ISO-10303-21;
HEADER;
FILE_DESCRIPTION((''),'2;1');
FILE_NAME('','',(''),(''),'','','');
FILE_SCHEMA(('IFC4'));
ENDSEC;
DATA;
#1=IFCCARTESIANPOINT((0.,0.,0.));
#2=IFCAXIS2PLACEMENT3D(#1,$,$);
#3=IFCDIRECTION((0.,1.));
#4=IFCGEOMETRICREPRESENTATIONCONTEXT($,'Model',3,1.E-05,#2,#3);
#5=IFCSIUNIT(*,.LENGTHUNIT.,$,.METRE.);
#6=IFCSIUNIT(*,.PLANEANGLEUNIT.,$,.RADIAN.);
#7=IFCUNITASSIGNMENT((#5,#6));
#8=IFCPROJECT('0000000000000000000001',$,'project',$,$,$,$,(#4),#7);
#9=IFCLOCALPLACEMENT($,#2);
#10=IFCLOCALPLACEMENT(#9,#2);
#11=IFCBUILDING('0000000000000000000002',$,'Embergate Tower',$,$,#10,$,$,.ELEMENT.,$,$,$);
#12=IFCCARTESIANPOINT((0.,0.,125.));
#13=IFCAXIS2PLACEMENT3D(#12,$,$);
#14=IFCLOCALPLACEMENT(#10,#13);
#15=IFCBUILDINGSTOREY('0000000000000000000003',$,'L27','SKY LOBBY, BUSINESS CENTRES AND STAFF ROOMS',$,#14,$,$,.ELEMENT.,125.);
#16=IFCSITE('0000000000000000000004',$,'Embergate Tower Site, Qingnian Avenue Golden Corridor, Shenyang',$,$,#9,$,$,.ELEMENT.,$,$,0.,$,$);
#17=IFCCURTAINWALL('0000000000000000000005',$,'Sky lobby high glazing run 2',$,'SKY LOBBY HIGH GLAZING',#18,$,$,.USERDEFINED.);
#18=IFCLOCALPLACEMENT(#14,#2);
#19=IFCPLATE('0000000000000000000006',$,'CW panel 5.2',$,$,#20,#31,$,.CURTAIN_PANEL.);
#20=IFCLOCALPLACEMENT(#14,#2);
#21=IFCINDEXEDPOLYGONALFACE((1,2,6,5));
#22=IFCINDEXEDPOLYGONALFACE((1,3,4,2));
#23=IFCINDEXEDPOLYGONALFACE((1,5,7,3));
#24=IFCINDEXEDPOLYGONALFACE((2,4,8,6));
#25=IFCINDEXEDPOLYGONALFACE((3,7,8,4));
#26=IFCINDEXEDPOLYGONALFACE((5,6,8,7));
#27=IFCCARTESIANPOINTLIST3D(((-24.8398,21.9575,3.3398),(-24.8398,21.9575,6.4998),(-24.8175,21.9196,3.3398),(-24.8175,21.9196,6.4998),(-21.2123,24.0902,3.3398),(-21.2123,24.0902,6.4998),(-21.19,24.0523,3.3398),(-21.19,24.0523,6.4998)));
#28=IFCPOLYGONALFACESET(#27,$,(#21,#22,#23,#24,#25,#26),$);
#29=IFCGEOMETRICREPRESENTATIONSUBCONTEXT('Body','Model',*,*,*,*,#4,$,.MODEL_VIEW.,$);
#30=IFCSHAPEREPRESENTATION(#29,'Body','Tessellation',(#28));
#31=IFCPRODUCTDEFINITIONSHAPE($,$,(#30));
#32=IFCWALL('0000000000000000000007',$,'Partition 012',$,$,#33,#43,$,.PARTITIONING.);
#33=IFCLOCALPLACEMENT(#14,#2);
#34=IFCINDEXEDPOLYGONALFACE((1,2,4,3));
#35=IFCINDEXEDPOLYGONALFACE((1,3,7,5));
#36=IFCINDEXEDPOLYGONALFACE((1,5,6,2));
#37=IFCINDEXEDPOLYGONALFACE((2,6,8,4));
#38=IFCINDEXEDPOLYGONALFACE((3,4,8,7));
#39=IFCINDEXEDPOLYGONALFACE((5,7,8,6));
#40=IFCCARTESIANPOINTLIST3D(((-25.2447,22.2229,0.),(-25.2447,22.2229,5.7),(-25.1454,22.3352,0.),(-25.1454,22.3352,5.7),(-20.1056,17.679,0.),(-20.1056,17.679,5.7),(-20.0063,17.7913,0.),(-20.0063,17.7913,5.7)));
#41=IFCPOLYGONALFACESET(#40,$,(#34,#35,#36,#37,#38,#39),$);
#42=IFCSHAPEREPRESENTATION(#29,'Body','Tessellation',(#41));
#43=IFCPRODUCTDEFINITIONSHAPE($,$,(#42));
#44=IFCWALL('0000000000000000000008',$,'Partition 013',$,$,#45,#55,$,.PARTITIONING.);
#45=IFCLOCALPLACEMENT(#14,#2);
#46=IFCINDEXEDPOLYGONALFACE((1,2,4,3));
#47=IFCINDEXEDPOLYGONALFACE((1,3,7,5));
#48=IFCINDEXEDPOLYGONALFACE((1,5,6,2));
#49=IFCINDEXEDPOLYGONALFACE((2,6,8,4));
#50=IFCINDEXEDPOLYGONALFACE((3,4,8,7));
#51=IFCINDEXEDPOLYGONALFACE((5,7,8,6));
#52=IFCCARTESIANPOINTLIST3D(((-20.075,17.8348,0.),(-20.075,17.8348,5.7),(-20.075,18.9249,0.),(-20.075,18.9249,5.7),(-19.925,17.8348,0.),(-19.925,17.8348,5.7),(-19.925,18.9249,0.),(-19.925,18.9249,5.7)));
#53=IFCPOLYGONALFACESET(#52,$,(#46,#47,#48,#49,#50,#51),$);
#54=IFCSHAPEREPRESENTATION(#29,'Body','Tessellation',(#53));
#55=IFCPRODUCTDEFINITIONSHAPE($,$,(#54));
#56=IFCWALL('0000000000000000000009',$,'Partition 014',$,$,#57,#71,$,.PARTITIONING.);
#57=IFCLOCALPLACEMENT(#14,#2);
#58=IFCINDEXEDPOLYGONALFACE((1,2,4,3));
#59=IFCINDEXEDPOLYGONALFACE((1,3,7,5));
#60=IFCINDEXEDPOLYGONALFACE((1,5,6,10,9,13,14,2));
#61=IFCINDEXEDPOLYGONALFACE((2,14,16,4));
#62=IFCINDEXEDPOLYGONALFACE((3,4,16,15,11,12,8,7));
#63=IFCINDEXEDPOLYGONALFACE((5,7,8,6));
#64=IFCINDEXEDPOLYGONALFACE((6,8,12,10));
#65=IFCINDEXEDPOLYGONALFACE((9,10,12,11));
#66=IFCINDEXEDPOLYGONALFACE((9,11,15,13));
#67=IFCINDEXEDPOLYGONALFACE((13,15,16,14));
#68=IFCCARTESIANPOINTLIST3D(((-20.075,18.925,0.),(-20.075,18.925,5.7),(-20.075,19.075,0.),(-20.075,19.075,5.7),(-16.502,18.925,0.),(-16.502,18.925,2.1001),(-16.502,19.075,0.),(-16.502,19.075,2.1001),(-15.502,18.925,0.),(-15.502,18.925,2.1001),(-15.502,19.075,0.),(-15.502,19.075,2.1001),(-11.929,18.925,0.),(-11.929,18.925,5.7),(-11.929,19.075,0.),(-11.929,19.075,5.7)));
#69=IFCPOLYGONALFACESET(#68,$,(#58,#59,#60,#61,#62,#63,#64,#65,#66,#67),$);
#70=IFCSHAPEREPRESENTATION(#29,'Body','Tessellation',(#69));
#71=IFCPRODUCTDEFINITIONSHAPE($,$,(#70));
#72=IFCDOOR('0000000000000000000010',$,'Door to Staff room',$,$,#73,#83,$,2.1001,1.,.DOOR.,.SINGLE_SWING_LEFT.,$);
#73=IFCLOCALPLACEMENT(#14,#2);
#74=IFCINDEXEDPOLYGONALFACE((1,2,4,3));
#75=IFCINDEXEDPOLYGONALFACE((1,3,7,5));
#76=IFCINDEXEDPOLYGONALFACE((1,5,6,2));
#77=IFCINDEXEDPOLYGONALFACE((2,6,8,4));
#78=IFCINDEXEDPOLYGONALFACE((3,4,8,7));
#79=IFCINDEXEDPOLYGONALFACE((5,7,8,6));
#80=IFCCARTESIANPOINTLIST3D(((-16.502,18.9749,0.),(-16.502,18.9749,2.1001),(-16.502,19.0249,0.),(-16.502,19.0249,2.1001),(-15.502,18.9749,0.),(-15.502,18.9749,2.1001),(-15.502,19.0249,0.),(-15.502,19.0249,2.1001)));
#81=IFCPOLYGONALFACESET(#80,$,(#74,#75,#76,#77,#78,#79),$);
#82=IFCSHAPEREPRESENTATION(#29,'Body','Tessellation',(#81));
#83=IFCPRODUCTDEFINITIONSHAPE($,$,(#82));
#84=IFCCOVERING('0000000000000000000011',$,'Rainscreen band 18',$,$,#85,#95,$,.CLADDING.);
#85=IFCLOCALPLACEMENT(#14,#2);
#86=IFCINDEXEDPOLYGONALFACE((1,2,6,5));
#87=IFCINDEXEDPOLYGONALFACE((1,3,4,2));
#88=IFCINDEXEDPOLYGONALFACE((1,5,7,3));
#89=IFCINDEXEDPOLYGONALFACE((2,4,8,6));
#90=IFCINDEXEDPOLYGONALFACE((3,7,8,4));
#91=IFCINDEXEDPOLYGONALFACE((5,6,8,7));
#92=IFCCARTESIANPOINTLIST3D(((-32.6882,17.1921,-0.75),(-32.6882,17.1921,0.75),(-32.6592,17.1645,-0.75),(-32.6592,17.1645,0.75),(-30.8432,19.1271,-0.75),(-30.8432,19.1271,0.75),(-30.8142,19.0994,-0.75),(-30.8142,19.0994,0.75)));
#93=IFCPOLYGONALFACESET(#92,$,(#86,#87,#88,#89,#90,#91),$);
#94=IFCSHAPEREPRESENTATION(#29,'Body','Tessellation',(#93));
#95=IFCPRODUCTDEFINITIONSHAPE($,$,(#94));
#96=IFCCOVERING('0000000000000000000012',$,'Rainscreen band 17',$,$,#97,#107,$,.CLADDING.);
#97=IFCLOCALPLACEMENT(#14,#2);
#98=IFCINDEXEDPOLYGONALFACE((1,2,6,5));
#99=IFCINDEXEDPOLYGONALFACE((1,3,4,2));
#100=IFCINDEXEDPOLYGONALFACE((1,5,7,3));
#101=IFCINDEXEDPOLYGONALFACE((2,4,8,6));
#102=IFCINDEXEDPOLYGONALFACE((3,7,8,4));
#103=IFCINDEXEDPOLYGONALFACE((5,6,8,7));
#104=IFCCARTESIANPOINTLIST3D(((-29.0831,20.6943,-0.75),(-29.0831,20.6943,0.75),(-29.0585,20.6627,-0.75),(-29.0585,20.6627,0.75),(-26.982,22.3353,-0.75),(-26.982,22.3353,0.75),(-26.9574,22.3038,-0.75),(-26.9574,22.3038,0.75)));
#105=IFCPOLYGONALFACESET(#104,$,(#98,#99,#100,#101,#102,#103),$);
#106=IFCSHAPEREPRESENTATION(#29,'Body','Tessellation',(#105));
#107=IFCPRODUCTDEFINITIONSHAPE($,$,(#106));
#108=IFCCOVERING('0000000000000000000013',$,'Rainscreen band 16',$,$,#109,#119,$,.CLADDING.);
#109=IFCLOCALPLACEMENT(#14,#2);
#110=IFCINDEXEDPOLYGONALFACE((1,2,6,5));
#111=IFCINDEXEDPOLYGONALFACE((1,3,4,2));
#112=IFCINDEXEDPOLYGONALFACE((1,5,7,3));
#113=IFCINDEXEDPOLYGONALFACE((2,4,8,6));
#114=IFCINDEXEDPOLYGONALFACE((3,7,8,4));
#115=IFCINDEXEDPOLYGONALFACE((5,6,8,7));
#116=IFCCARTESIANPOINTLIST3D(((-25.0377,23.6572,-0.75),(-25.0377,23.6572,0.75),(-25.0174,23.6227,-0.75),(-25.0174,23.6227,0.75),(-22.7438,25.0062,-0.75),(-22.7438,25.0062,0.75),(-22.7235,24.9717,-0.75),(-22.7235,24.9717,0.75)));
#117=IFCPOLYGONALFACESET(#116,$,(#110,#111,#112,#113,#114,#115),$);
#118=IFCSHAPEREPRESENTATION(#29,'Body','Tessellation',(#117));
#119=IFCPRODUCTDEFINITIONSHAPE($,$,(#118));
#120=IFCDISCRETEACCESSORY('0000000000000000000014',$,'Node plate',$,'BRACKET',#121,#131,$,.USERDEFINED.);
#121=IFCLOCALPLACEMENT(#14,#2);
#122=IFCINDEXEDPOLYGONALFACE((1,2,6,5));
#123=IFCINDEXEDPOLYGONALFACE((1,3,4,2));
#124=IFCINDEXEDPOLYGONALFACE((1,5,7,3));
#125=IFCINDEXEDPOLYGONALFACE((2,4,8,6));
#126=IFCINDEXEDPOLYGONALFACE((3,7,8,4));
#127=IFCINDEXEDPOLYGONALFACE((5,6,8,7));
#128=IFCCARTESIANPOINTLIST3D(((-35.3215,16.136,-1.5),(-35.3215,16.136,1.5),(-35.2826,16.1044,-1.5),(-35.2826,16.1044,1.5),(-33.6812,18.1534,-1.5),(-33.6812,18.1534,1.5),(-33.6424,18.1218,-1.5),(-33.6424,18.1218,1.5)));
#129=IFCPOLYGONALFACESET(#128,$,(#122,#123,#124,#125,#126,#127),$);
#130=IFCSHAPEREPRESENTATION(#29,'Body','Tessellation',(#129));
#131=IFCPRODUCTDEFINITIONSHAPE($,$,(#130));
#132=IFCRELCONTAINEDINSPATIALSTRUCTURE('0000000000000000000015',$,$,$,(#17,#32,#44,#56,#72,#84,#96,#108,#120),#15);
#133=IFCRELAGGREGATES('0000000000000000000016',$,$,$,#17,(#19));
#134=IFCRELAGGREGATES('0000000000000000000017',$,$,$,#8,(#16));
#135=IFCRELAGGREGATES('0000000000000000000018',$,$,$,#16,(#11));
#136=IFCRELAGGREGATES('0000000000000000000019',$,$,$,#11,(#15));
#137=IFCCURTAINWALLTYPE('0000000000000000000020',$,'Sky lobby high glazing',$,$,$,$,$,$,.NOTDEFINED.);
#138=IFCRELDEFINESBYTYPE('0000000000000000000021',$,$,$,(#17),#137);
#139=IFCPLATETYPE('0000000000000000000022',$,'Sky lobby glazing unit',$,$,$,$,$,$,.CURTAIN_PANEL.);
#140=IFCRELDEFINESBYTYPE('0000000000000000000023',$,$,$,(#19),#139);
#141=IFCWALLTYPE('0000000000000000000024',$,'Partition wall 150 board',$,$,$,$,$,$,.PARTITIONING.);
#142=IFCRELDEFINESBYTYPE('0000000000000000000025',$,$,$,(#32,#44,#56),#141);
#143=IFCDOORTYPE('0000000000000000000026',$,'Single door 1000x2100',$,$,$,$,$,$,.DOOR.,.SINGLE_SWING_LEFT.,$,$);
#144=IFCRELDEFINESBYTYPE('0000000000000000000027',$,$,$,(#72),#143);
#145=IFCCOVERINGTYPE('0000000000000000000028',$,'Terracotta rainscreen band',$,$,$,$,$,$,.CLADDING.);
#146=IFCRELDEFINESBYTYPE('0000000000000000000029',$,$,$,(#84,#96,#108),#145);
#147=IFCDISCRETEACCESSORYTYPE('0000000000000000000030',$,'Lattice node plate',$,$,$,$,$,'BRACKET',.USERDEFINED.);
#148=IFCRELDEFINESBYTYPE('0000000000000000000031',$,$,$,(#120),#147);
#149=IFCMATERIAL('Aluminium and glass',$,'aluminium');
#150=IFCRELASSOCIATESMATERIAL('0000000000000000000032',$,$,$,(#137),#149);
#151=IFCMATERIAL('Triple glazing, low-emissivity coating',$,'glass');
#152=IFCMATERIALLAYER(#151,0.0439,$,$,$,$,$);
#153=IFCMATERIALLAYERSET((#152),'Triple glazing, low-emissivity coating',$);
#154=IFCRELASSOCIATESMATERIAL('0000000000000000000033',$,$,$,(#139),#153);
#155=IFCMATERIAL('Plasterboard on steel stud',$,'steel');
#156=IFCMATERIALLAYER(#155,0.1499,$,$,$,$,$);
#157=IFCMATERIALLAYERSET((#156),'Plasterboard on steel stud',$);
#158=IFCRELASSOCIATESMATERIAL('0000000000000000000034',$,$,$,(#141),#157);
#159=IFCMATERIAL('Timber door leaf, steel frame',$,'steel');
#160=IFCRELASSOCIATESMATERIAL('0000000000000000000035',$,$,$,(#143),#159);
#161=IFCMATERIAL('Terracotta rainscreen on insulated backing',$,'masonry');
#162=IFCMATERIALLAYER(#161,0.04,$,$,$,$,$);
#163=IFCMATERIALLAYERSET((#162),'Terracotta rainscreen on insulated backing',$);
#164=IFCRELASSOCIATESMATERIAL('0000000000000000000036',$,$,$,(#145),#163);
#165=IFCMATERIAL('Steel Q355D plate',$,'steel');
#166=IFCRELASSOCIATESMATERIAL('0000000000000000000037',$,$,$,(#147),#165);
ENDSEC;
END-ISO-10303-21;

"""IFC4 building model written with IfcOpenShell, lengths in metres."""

from ifc_helpers import new_model, si_unit, direction, frame, frame_2d, origin, origin_2d, place, context, subcontext, project, spatial, rectangle, extrude, source, transform, mapped, material, layer, layer_set, type_object, element, fill, aggregate, save


model = new_model("IFC4")

# Units and contexts
model_context = context("Model", 3, precision=1e-05, world=origin(), true_north=direction((0.0, 1.0)))
body_context = subcontext(model_context, "Body", "Model", "MODEL_VIEW")
ifc_project = project(units=[si_unit("LENGTHUNIT", "METRE"), si_unit("PLANEANGLEUNIT", "RADIAN")], contexts=[model_context])

# Site, building, storey
site_placement = place(None, origin())
site = spatial("IfcSite", under=ifc_project, at=site_placement, Name="Embergate Tower Site, Qingnian Avenue Golden Corridor, Shenyang", CompositionType="ELEMENT", RefElevation=0.0)
building_placement = place(site_placement, origin())
building = spatial("IfcBuilding", under=site, at=building_placement, Name="Embergate Tower", CompositionType="ELEMENT")
storey_placement = place(building_placement, frame((0.0, 0.0, 125.0)))
storey = spatial("IfcBuildingStorey", under=building, at=storey_placement, Name="L27", Description="SKY LOBBY, BUSINESS CENTRES AND STAFF ROOMS", CompositionType="ELEMENT", Elevation=125.0)

# Curtain wall, plate
ifc_material_1 = material(Name="Aluminium and glass", Category="aluminium")
curtain_wall_type = type_object("IfcCurtainWallType", Name="Sky lobby high glazing", PredefinedType="NOTDEFINED", material=ifc_material_1)
curtain_wall_placement = place(storey_placement, origin())
curtain_wall = element("IfcCurtainWall", 1, at=curtain_wall_placement, inside=storey, type_object=curtain_wall_type, Name="Sky lobby high glazing run 2", ObjectType="SKY LOBBY HIGH GLAZING", PredefinedType="USERDEFINED")
ifc_material_2 = material(Name="Triple glazing, low-emissivity coating", Category="glass")
ifc_layer_1 = layer(ifc_material_2, 0.0439)
ifc_layer_set_1 = layer_set([ifc_layer_1], Name="Triple glazing, low-emissivity coating")
plate_type = type_object("IfcPlateType", Name="Sky lobby glazing unit", PredefinedType="CURTAIN_PANEL", material=ifc_layer_set_1)
shared_shape_1 = source(origin(), body_context, "Body", "SweptSolid", [
    extrude(rectangle(XDim=4.208, YDim=0.0439, at=origin_2d()), origin(), (0.0, 0.0, 1.0), 3.1599),
])
plate_1_placement = place(storey_placement, frame((-23.0149, 23.0049, 3.3398), z_axis=(0.0, 0.0, 1.0), x_axis=(-0.862055, -0.506815, 0.0)))
plate_1 = element("IfcPlate", 2, at=plate_1_placement, type_object=plate_type, Name="CW panel 5.2", PredefinedType="CURTAIN_PANEL", context=body_context, shape_type="MappedRepresentation", body=[
    mapped(shared_shape_1, transform((0.0, 0.0, 0.0))),
])
aggregate(curtain_wall, [plate_1])

# Walls
ifc_material_3 = material(Name="Plasterboard on steel stud", Category="steel")
ifc_layer_2 = layer(ifc_material_3, 0.1499)
ifc_layer_set_2 = layer_set([ifc_layer_2], Name="Plasterboard on steel stud")
wall_type = type_object("IfcWallType", Name="Partition wall 150 board", PredefinedType="PARTITIONING", material=ifc_layer_set_2)
shared_shape_2 = source(origin(), body_context, "Body", "SweptSolid", [
    extrude(rectangle(XDim=6.8599, YDim=0.1499, at=frame_2d((3.4299, 0.0))), origin(), (0.0, 0.0, 1.0), 5.7),
])
wall_1_placement = place(storey_placement, frame((-20.0559, 17.7351, 0.0), z_axis=(0.0, 0.0, 1.0), x_axis=(-0.749158, 0.662391, 0.0)))
element("IfcWall", 3, at=wall_1_placement, inside=storey, type_object=wall_type, Name="Partition 012", PredefinedType="PARTITIONING", context=body_context, shape_type="MappedRepresentation", body=[
    mapped(shared_shape_2, transform((0.0, 0.0, 0.0))),
])
shared_shape_3 = source(origin(), body_context, "Body", "SweptSolid", [
    extrude(rectangle(XDim=1.0901, YDim=0.1499, at=frame_2d((0.5449, 0.0))), origin(), (0.0, 0.0, 1.0), 5.7),
])
wall_2_placement = place(storey_placement, frame((-20.0, 17.835, 0.0), z_axis=(0.0, 0.0, 1.0), x_axis=(0.0, 1.0, 0.0)))
element("IfcWall", 4, at=wall_2_placement, inside=storey, type_object=wall_type, Name="Partition 013", PredefinedType="PARTITIONING", context=body_context, shape_type="MappedRepresentation", body=[
    mapped(shared_shape_3, transform((0.0, 0.0, 0.0))),
])

# Wall, opening, door
shared_shape_4 = source(origin(), body_context, "Body", "SweptSolid", [
    extrude(rectangle(XDim=8.146, YDim=0.1499, at=frame_2d((4.073, 0.0))), origin(), (0.0, 0.0, 1.0), 5.7),
])
wall_3_placement = place(storey_placement, frame((-20.075, 19.0, 0.0), z_axis=(0.0, 0.0, 1.0), x_axis=(1.0, 0.0, 0.0)))
wall_3 = element("IfcWall", 5, at=wall_3_placement, inside=storey, type_object=wall_type, Name="Partition 014", PredefinedType="PARTITIONING", context=body_context, shape_type="MappedRepresentation", body=[
    mapped(shared_shape_4, transform((0.0, 0.0, 0.0))),
])
shared_shape_5 = source(origin(), body_context, "Body", "SweptSolid", [
    extrude(rectangle(XDim=1.0, YDim=2.1001, at=frame_2d((0.5, 1.05))), frame((0.0, 0.085, 0.0), z_axis=(0.0, -1.0, 0.0), x_axis=(1.0, 0.0, 0.0)), (0.0, 0.0, 1.0), 0.1699),
])
opening_placement = place(wall_3_placement, frame((3.573, 0.0, 0.0)))
opening = element("IfcOpeningElement", 6, at=opening_placement, cuts=wall_3, PredefinedType="OPENING", context=body_context, shape_type="MappedRepresentation", body=[
    mapped(shared_shape_5, transform((0.0, 0.0, 0.0))),
])
ifc_material_4 = material(Name="Timber door leaf, steel frame", Category="steel")
door_type = type_object("IfcDoorType", Name="Single door 1000x2100", OperationType="SINGLE_SWING_LEFT", PredefinedType="DOOR", material=ifc_material_4)
shared_shape_6 = source(origin(), body_context, "Body", "SweptSolid", [
    extrude(rectangle(XDim=1.0, YDim=2.1001, at=frame_2d((0.5, 1.05))), frame((0.0, 0.0249, 0.0), z_axis=(0.0, -1.0, 0.0), x_axis=(1.0, 0.0, 0.0)), (0.0, 0.0, 1.0), 0.05),
])
door_placement = place(opening_placement, origin())
door = element("IfcDoor", 7, at=door_placement, inside=storey, type_object=door_type, Name="Door to Staff room", OperationType="SINGLE_SWING_LEFT", OverallHeight=2.1001, OverallWidth=1.0, PredefinedType="DOOR", context=body_context, shape_type="MappedRepresentation", body=[
    mapped(shared_shape_6, transform((0.0, 0.0, 0.0))),
])
fill(opening, door)

# Coverings
ifc_material_5 = material(Name="Terracotta rainscreen on insulated backing", Category="masonry")
ifc_layer_3 = layer(ifc_material_5, 0.04)
ifc_layer_set_3 = layer_set([ifc_layer_3], Name="Terracotta rainscreen on insulated backing")
covering_type = type_object("IfcCoveringType", Name="Terracotta rainscreen band", PredefinedType="CLADDING", material=ifc_layer_set_3)
shared_shape_7 = source(origin(), body_context, "Body", "SweptSolid", [
    extrude(rectangle(XDim=2.6736, YDim=0.04, at=origin_2d()), origin(), (0.0, 0.0, 1.0), 1.5),
])
covering_1_placement = place(storey_placement, frame((-31.7512, 18.1458, -0.75), z_axis=(0.0, 0.0, 1.0), x_axis=(-0.690076, -0.723737, 0.0)))
element("IfcCovering", 8, at=covering_1_placement, inside=storey, type_object=covering_type, Name="Rainscreen band 18", PredefinedType="CLADDING", context=body_context, shape_type="MappedRepresentation", body=[
    mapped(shared_shape_7, transform((0.0, 0.0, 0.0))),
])
shared_shape_8 = source(origin(), body_context, "Body", "SweptSolid", [
    extrude(rectangle(XDim=2.666, YDim=0.04, at=origin_2d()), origin(), (0.0, 0.0, 1.0), 1.5),
])
covering_2_placement = place(storey_placement, frame((-28.0203, 21.499, -0.75), z_axis=(0.0, 0.0, 1.0), x_axis=(-0.788098, -0.61555, 0.0)))
element("IfcCovering", 9, at=covering_2_placement, inside=storey, type_object=covering_type, Name="Rainscreen band 17", PredefinedType="CLADDING", context=body_context, shape_type="MappedRepresentation", body=[
    mapped(shared_shape_8, transform((0.0, 0.0, 0.0))),
])
shared_shape_9 = source(origin(), body_context, "Body", "SweptSolid", [
    extrude(rectangle(XDim=2.6611, YDim=0.04, at=origin_2d()), origin(), (0.0, 0.0, 1.0), 1.5),
])
covering_3_placement = place(storey_placement, frame((-23.8806, 24.3145, -0.75), z_axis=(0.0, 0.0, 1.0), x_axis=(-0.862002, -0.506905, 0.0)))
element("IfcCovering", 10, at=covering_3_placement, inside=storey, type_object=covering_type, Name="Rainscreen band 16", PredefinedType="CLADDING", context=body_context, shape_type="MappedRepresentation", body=[
    mapped(shared_shape_9, transform((0.0, 0.0, 0.0))),
])

# Discrete accessory
ifc_material_6 = material(Name="Steel Q355D plate", Category="steel")
discrete_accessory_type = type_object("IfcDiscreteAccessoryType", Name="Lattice node plate", ElementType="BRACKET", PredefinedType="USERDEFINED", material=ifc_material_6)
shared_shape_10 = source(origin(), body_context, "Body", "SweptSolid", [
    extrude(rectangle(XDim=2.6001, YDim=0.05, at=origin_2d()), origin(), (0.0, 0.0, 1.0), 3.0),
])
discrete_accessory_placement = place(storey_placement, frame((-34.4819, 17.1289, -1.5), z_axis=(0.0, 0.0, 1.0), x_axis=(-0.630838, -0.775914, 0.0)))
element("IfcDiscreteAccessory", 11, at=discrete_accessory_placement, inside=storey, type_object=discrete_accessory_type, Name="Node plate", ObjectType="BRACKET", PredefinedType="USERDEFINED", context=body_context, shape_type="MappedRepresentation", body=[
    mapped(shared_shape_10, transform((0.0, 0.0, 0.0))),
])

save(model, "model.ifc")
